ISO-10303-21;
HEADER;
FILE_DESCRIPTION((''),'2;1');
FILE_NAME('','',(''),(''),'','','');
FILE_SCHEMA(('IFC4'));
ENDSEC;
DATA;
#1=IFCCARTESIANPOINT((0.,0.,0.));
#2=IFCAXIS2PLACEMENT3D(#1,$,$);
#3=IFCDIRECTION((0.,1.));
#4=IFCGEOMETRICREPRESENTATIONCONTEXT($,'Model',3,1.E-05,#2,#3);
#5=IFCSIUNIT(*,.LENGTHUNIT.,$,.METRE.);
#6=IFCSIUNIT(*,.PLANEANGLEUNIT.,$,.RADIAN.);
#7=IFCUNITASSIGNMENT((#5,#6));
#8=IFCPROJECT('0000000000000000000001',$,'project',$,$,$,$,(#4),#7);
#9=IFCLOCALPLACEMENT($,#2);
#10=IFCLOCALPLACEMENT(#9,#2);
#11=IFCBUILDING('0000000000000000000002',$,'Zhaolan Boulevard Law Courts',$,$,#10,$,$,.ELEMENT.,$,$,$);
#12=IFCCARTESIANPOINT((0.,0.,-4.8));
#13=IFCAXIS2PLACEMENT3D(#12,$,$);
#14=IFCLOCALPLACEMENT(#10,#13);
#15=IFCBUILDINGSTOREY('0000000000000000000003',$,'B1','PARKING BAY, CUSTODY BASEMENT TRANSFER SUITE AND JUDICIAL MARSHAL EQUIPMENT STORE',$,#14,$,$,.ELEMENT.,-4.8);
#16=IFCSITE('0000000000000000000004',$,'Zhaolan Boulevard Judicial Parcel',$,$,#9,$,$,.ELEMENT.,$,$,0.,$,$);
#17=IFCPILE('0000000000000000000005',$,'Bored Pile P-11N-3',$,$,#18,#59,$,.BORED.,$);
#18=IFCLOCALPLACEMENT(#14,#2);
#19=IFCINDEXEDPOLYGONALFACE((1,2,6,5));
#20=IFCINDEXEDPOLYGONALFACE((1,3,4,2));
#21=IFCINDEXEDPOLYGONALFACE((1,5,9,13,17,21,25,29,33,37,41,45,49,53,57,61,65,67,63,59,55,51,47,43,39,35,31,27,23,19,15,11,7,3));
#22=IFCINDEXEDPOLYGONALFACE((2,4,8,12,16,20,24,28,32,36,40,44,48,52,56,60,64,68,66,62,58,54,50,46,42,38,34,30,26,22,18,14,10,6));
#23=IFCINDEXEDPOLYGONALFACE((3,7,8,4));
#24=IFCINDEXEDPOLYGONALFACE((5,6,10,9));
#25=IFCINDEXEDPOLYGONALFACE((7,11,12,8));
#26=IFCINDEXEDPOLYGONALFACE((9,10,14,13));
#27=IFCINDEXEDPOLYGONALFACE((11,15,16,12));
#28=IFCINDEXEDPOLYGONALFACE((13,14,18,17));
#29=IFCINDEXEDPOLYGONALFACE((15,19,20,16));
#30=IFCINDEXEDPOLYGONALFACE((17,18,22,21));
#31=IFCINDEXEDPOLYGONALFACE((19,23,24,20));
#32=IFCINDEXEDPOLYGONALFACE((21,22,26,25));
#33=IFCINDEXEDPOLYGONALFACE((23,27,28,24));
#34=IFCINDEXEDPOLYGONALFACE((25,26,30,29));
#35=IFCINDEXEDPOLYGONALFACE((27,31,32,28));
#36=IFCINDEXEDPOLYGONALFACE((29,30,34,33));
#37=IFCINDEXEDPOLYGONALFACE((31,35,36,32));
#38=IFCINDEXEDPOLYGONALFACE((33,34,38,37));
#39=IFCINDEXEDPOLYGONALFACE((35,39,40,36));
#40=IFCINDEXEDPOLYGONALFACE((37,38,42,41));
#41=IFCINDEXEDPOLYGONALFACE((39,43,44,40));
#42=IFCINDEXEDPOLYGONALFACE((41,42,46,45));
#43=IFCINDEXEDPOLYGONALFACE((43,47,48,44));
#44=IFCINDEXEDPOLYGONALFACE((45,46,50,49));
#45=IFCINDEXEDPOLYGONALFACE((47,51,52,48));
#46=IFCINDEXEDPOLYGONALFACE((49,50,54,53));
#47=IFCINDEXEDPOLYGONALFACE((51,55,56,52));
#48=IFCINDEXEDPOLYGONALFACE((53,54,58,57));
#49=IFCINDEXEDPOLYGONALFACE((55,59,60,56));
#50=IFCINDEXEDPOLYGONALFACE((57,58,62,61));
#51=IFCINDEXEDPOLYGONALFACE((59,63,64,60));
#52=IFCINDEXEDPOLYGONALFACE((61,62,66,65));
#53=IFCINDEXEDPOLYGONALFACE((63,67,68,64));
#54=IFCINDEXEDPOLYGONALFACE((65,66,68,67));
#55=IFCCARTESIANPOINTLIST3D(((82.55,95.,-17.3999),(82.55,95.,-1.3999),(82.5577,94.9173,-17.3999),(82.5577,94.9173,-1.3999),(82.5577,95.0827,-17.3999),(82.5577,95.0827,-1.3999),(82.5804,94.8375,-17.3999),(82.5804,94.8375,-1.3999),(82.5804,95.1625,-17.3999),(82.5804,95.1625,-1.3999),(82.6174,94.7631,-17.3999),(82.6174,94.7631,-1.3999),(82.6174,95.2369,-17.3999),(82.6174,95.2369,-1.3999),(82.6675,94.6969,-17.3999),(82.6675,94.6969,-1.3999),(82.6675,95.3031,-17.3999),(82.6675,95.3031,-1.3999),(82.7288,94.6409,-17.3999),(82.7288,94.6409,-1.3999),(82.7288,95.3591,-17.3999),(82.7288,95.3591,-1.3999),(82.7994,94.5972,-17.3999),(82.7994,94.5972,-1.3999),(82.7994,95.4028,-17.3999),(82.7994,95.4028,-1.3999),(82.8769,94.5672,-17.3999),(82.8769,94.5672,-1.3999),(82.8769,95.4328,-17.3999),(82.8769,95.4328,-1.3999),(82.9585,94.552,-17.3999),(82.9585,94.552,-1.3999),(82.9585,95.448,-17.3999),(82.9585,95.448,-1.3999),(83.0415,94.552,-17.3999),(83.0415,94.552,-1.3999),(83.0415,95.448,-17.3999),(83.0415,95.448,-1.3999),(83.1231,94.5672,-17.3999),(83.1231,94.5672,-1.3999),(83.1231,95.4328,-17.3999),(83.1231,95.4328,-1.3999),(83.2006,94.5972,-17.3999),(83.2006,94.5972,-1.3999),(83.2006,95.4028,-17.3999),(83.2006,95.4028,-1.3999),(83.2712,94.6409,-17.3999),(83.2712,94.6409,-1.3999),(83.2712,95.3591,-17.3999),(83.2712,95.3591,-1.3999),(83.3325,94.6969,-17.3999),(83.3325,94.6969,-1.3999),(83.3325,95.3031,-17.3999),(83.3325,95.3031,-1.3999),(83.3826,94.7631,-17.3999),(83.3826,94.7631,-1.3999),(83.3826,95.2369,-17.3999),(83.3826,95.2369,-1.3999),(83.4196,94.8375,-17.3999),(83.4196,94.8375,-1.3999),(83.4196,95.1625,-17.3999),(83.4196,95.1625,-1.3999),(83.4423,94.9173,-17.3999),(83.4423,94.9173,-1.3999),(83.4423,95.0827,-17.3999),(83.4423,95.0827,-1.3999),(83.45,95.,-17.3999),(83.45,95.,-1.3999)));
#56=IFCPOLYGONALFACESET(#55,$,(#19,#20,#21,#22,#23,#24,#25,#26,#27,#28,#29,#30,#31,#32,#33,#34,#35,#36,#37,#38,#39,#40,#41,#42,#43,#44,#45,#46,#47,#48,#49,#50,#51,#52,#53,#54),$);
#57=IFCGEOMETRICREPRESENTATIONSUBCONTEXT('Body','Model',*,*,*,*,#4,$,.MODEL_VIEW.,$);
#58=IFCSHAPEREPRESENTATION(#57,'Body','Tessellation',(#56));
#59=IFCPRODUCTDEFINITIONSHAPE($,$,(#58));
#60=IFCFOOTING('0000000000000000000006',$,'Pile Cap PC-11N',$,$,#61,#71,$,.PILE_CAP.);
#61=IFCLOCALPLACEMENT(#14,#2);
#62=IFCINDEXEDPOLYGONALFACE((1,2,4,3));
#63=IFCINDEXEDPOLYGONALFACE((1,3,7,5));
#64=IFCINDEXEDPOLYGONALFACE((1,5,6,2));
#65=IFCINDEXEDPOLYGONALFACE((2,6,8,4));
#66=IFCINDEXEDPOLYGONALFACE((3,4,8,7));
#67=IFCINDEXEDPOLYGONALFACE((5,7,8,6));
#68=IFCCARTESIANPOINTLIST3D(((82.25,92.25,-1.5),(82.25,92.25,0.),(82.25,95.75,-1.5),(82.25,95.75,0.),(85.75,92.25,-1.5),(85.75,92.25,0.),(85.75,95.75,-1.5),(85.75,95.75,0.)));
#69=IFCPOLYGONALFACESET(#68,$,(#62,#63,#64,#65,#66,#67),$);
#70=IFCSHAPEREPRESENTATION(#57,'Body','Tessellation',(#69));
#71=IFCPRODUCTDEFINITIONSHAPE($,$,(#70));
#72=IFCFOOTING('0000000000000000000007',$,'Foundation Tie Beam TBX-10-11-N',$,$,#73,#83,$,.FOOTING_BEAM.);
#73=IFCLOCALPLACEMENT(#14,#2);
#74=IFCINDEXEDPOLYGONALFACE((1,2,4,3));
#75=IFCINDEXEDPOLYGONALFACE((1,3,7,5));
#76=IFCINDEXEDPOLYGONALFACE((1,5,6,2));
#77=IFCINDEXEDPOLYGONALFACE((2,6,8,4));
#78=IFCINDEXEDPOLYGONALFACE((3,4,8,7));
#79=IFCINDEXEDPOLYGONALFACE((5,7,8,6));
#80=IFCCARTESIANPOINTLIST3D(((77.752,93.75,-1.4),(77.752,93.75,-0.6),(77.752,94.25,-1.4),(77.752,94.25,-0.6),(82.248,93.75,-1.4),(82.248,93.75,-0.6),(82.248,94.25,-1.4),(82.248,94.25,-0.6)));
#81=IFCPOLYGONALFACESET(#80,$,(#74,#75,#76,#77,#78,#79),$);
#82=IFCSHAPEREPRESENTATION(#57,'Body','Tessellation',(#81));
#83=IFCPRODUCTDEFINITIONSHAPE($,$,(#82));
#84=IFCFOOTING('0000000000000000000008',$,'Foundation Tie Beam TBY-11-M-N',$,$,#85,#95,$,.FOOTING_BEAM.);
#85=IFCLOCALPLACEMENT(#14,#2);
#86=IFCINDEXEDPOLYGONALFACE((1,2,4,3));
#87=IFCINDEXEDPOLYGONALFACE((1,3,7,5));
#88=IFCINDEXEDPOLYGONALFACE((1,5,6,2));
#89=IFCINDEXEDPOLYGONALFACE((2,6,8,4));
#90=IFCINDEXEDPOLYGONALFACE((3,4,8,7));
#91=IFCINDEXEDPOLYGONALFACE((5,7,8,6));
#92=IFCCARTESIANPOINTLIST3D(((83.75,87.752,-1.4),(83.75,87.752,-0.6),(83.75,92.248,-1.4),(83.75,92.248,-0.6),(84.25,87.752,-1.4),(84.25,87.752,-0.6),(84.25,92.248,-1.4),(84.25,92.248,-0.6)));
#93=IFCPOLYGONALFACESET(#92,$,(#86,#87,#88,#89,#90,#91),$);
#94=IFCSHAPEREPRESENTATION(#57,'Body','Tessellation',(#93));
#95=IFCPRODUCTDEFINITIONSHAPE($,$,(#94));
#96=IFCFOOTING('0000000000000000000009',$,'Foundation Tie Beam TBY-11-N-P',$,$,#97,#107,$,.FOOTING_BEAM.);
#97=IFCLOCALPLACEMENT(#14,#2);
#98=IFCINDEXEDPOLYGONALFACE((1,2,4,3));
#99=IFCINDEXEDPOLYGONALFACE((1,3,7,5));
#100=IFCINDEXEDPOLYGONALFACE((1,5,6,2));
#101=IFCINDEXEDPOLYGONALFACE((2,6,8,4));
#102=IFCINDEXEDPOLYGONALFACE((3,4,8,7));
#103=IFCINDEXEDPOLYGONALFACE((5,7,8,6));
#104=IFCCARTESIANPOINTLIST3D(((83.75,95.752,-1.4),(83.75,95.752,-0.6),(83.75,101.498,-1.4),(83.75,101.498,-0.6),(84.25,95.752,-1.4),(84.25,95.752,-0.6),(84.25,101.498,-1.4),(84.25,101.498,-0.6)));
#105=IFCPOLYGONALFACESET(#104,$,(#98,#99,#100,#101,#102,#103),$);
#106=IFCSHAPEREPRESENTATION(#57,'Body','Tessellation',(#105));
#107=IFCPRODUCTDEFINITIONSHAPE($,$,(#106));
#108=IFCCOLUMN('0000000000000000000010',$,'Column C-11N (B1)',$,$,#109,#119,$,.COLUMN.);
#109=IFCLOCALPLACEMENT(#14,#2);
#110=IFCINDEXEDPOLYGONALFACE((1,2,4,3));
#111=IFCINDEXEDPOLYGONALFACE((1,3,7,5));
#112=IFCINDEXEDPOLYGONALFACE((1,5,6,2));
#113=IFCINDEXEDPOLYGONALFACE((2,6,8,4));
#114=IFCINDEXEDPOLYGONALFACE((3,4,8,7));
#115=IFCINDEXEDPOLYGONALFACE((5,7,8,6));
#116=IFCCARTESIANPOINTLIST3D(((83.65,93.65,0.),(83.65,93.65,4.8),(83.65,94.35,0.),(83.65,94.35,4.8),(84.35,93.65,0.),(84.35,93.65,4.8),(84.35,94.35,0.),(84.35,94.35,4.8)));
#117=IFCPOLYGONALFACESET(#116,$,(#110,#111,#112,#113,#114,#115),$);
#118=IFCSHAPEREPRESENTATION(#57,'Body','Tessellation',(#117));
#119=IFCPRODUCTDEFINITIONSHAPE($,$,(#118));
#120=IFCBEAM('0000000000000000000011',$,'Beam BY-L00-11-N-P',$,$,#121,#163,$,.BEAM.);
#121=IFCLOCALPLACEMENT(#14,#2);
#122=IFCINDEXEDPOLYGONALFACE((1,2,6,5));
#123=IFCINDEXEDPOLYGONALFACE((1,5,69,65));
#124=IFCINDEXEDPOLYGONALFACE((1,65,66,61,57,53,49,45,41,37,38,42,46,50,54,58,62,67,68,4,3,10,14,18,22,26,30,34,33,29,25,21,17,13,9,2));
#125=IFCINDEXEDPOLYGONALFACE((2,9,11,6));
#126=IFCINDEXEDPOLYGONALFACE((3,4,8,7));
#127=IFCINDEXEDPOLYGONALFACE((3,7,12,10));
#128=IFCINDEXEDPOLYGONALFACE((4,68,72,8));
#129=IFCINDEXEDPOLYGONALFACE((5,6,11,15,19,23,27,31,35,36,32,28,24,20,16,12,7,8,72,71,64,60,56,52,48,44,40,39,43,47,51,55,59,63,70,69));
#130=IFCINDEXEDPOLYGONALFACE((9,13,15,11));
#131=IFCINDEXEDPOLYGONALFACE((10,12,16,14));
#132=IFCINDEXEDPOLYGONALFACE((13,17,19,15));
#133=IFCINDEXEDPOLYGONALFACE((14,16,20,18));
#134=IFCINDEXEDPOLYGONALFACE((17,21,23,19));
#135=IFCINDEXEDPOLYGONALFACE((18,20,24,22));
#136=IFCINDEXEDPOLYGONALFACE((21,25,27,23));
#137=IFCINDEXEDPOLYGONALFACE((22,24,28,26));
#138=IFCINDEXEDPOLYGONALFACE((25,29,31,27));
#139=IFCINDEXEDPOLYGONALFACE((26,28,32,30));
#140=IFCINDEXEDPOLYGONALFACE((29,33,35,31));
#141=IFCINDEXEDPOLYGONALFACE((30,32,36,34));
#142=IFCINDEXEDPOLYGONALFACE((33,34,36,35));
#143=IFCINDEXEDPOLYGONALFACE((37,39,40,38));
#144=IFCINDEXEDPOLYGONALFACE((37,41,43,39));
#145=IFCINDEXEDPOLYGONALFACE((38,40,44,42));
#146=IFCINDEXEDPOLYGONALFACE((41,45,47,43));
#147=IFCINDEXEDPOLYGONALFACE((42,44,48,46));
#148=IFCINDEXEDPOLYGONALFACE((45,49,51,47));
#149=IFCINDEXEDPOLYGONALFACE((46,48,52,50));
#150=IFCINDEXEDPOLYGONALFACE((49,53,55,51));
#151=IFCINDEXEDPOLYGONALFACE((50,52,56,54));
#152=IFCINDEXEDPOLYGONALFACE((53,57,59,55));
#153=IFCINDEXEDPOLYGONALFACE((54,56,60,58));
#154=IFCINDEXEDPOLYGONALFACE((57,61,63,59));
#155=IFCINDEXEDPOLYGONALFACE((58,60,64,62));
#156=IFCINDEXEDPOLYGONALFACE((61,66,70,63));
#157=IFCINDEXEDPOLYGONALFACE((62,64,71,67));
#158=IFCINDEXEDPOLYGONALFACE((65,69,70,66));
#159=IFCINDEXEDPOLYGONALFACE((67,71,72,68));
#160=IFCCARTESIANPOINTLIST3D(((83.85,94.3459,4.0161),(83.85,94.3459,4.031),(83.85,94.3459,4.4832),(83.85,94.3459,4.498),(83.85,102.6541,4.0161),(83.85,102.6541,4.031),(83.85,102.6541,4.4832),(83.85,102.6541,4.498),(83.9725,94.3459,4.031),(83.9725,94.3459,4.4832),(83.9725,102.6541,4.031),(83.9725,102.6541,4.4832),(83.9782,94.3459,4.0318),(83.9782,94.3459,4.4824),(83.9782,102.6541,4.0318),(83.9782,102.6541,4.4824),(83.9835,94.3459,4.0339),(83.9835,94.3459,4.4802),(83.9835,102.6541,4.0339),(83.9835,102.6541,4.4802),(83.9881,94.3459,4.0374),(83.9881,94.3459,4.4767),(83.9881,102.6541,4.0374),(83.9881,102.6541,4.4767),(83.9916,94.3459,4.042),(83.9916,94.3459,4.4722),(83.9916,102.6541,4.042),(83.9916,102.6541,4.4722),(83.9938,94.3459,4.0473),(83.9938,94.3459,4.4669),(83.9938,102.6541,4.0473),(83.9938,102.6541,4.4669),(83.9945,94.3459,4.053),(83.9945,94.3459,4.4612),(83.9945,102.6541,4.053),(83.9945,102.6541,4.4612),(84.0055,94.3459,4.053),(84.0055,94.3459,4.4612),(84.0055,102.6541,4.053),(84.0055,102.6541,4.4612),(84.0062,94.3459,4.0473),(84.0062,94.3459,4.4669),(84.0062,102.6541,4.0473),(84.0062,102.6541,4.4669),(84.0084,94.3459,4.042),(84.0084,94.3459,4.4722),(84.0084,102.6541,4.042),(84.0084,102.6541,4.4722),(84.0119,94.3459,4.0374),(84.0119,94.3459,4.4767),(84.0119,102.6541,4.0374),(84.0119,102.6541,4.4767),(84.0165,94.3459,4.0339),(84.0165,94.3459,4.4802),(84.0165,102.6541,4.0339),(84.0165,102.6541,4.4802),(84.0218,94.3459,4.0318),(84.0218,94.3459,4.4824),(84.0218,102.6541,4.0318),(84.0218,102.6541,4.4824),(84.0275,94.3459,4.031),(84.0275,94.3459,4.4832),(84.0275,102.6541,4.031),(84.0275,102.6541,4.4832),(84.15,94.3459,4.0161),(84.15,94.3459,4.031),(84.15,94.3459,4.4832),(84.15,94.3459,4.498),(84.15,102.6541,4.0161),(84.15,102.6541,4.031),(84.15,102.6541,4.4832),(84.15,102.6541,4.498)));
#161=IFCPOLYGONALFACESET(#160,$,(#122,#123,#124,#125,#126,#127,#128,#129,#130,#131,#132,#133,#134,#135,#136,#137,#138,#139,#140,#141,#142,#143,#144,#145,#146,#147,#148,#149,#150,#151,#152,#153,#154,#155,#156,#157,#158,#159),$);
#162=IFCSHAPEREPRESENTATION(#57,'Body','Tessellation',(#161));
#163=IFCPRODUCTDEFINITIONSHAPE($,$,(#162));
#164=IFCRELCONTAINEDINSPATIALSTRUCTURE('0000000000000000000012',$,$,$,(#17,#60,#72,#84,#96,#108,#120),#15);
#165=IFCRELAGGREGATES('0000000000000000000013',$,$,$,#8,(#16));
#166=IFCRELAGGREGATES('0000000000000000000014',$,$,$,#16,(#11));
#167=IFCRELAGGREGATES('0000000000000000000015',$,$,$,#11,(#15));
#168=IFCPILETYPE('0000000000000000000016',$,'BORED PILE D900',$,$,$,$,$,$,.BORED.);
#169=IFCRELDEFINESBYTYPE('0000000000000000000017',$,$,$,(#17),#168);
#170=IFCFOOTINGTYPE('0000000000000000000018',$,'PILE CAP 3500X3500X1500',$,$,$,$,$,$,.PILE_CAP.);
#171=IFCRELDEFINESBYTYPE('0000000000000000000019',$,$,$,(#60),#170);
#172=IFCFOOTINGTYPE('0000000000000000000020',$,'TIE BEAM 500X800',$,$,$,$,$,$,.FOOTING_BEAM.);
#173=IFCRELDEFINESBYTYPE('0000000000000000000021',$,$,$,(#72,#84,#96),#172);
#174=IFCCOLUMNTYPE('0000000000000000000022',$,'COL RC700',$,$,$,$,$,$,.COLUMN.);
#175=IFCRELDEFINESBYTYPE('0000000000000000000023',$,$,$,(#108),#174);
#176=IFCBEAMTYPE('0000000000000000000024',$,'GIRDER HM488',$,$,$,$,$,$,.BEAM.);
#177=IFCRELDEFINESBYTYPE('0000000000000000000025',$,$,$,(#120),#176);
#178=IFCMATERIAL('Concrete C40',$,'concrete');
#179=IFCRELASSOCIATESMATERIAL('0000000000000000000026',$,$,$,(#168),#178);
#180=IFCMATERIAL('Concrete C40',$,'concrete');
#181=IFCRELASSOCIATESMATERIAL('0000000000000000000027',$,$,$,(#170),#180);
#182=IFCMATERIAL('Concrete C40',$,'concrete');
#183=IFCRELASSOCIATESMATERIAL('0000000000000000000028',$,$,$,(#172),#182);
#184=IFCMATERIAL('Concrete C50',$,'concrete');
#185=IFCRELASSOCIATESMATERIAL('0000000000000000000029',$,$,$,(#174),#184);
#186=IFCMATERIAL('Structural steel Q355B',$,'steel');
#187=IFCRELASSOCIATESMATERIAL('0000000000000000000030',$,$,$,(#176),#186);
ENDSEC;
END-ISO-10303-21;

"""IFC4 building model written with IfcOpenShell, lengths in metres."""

from ifc_helpers import new_model, si_unit, direction, frame, origin, origin_2d, place, context, subcontext, project, spatial, rectangle, circle, i_section, extrude, material, material_profile, profile_set, type_object, element, save


model = new_model("IFC4")

# Units and contexts
model_context = context("Model", 3, precision=1e-05, world=origin(), true_north=direction((0.0, 1.0)))
body_context = subcontext(model_context, "Body", "Model", "MODEL_VIEW")
ifc_project = project(units=[si_unit("LENGTHUNIT", "METRE"), si_unit("PLANEANGLEUNIT", "RADIAN")], contexts=[model_context])

# Site, building, storey
site_placement = place(None, origin())
site = spatial("IfcSite", under=ifc_project, at=site_placement, Name="Zhaolan Boulevard Judicial Parcel", CompositionType="ELEMENT", RefElevation=0.0)
building_placement = place(site_placement, origin())
building = spatial("IfcBuilding", under=site, at=building_placement, Name="Zhaolan Boulevard Law Courts", CompositionType="ELEMENT")
storey_placement = place(building_placement, frame((0.0, 0.0, -4.8)))
storey = spatial("IfcBuildingStorey", under=building, at=storey_placement, Name="B1", Description="PARKING BAY, CUSTODY BASEMENT TRANSFER SUITE AND JUDICIAL MARSHAL EQUIPMENT STORE", CompositionType="ELEMENT", Elevation=-4.8)

# Pile
ifc_material_1 = material(Name="Concrete C40", Category="concrete")
ifc_material_profile_1 = material_profile(ifc_material_1, circle(Radius=0.45, at=origin_2d()), Name="PILE-D900")
ifc_profile_set_1 = profile_set([ifc_material_profile_1], Name="Concrete C40")
pile_type = type_object("IfcPileType", Name="BORED PILE D900", PredefinedType="BORED", material=ifc_profile_set_1)
for number, where, z_axis, x_axis, name in (
    (1, (83.0, 95.0, -1.3999), (0.0, 0.0, -1.0), (1.0, 0.0, 0.0), "Bored Pile P-11N-3"),
):
    element("IfcPile", number, at=place(storey_placement, frame(where, z_axis=z_axis, x_axis=x_axis)), inside=storey, type_object=pile_type, Name=name, PredefinedType="BORED", context=body_context, shape_type="SweptSolid", body=[
        extrude(circle(Radius=0.45, at=origin_2d()), origin(), (0.0, 0.0, 1.0), 16.0),
    ])

# Footings
ifc_material_2 = material(Name="Concrete C40", Category="concrete")
footing_type_1 = type_object("IfcFootingType", Name="PILE CAP 3500X3500X1500", PredefinedType="PILE_CAP", material=ifc_material_2)
footing_1_placement = place(storey_placement, frame((84.0, 94.0, -1.5), z_axis=(0.0, 0.0, 1.0), x_axis=(1.0, 0.0, 0.0)))
element("IfcFooting", 2, at=footing_1_placement, inside=storey, type_object=footing_type_1, Name="Pile Cap PC-11N", PredefinedType="PILE_CAP", context=body_context, shape_type="SweptSolid", body=[
    extrude(rectangle(XDim=3.5, YDim=3.5, at=origin_2d()), origin(), (0.0, 0.0, 1.0), 1.5),
])
ifc_material_3 = material(Name="Concrete C40", Category="concrete")
ifc_material_profile_2 = material_profile(ifc_material_3, rectangle(XDim=0.5, YDim=0.8, at=origin_2d()), Name="RC500x800")
ifc_profile_set_2 = profile_set([ifc_material_profile_2], Name="Concrete C40")
footing_type_2 = type_object("IfcFootingType", Name="TIE BEAM 500X800", PredefinedType="FOOTING_BEAM", material=ifc_profile_set_2)
for number, where, z_axis, x_axis, name in (
    (3, (77.752, 94.0, -1.0), (1.0, 0.0, 0.0), (0.0, 1.0, 0.0), "Foundation Tie Beam TBX-10-11-N"),
    (4, (84.0, 87.752, -1.0), (0.0, 1.0, 0.0), (-1.0, 0.0, 0.0), "Foundation Tie Beam TBY-11-M-N"),
):
    element("IfcFooting", number, at=place(storey_placement, frame(where, z_axis=z_axis, x_axis=x_axis)), inside=storey, type_object=footing_type_2, Name=name, PredefinedType="FOOTING_BEAM", context=body_context, shape_type="SweptSolid", body=[
        extrude(rectangle(XDim=0.5, YDim=0.8, at=origin_2d()), origin(), (0.0, 0.0, 1.0), 4.4961),
    ])
footing_2_placement = place(storey_placement, frame((84.0, 95.752, -1.0), z_axis=(0.0, 1.0, 0.0), x_axis=(-1.0, 0.0, 0.0)))
element("IfcFooting", 5, at=footing_2_placement, inside=storey, type_object=footing_type_2, Name="Foundation Tie Beam TBY-11-N-P", PredefinedType="FOOTING_BEAM", context=body_context, shape_type="SweptSolid", body=[
    extrude(rectangle(XDim=0.5, YDim=0.8, at=origin_2d()), origin(), (0.0, 0.0, 1.0), 5.7461),
])

# Column
ifc_material_4 = material(Name="Concrete C50", Category="concrete")
ifc_material_profile_3 = material_profile(ifc_material_4, rectangle(XDim=0.7, YDim=0.7, at=origin_2d()), Name="RC700x700")
ifc_profile_set_3 = profile_set([ifc_material_profile_3], Name="Concrete C50")
column_type = type_object("IfcColumnType", Name="COL RC700", PredefinedType="COLUMN", material=ifc_profile_set_3)
column_placement = place(storey_placement, frame((84.0, 94.0, 0.0), z_axis=(0.0, 0.0, 1.0), x_axis=(1.0, 0.0, 0.0)))
element("IfcColumn", 6, at=column_placement, inside=storey, type_object=column_type, Name="Column C-11N (B1)", PredefinedType="COLUMN", context=body_context, shape_type="SweptSolid", body=[
    extrude(rectangle(XDim=0.7, YDim=0.7, at=origin_2d()), origin(), (0.0, 0.0, 1.0), 4.8),
])

# Beam
ifc_material_5 = material(Name="Structural steel Q355B", Category="steel")
ifc_material_profile_4 = material_profile(ifc_material_5, i_section(OverallWidth=0.3, OverallDepth=0.4819, WebThickness=0.011, FlangeThickness=0.0149, FilletRadius=0.022, at=origin_2d()), Name="HM482x300")
ifc_profile_set_4 = profile_set([ifc_material_profile_4], Name="Structural steel Q355B")
beam_type_1 = type_object("IfcBeamType", Name="GIRDER HM488", PredefinedType="BEAM", material=ifc_profile_set_4)
beam_1_placement = place(storey_placement, frame((84.0, 94.3459, 4.2571), z_axis=(0.0, 1.0, 0.0), x_axis=(-1.0, 0.0, 0.0)))
element("IfcBeam", 7, at=beam_1_placement, inside=storey, type_object=beam_type_1, Name="Beam BY-L00-11-N-P", PredefinedType="BEAM", context=body_context, shape_type="SweptSolid", body=[
    extrude(i_section(OverallWidth=0.3, OverallDepth=0.4819, WebThickness=0.011, FlangeThickness=0.0149, FilletRadius=0.022, at=origin_2d()), origin(), (0.0, 0.0, 1.0), 8.3081),
])

save(model, "model.ifc")
